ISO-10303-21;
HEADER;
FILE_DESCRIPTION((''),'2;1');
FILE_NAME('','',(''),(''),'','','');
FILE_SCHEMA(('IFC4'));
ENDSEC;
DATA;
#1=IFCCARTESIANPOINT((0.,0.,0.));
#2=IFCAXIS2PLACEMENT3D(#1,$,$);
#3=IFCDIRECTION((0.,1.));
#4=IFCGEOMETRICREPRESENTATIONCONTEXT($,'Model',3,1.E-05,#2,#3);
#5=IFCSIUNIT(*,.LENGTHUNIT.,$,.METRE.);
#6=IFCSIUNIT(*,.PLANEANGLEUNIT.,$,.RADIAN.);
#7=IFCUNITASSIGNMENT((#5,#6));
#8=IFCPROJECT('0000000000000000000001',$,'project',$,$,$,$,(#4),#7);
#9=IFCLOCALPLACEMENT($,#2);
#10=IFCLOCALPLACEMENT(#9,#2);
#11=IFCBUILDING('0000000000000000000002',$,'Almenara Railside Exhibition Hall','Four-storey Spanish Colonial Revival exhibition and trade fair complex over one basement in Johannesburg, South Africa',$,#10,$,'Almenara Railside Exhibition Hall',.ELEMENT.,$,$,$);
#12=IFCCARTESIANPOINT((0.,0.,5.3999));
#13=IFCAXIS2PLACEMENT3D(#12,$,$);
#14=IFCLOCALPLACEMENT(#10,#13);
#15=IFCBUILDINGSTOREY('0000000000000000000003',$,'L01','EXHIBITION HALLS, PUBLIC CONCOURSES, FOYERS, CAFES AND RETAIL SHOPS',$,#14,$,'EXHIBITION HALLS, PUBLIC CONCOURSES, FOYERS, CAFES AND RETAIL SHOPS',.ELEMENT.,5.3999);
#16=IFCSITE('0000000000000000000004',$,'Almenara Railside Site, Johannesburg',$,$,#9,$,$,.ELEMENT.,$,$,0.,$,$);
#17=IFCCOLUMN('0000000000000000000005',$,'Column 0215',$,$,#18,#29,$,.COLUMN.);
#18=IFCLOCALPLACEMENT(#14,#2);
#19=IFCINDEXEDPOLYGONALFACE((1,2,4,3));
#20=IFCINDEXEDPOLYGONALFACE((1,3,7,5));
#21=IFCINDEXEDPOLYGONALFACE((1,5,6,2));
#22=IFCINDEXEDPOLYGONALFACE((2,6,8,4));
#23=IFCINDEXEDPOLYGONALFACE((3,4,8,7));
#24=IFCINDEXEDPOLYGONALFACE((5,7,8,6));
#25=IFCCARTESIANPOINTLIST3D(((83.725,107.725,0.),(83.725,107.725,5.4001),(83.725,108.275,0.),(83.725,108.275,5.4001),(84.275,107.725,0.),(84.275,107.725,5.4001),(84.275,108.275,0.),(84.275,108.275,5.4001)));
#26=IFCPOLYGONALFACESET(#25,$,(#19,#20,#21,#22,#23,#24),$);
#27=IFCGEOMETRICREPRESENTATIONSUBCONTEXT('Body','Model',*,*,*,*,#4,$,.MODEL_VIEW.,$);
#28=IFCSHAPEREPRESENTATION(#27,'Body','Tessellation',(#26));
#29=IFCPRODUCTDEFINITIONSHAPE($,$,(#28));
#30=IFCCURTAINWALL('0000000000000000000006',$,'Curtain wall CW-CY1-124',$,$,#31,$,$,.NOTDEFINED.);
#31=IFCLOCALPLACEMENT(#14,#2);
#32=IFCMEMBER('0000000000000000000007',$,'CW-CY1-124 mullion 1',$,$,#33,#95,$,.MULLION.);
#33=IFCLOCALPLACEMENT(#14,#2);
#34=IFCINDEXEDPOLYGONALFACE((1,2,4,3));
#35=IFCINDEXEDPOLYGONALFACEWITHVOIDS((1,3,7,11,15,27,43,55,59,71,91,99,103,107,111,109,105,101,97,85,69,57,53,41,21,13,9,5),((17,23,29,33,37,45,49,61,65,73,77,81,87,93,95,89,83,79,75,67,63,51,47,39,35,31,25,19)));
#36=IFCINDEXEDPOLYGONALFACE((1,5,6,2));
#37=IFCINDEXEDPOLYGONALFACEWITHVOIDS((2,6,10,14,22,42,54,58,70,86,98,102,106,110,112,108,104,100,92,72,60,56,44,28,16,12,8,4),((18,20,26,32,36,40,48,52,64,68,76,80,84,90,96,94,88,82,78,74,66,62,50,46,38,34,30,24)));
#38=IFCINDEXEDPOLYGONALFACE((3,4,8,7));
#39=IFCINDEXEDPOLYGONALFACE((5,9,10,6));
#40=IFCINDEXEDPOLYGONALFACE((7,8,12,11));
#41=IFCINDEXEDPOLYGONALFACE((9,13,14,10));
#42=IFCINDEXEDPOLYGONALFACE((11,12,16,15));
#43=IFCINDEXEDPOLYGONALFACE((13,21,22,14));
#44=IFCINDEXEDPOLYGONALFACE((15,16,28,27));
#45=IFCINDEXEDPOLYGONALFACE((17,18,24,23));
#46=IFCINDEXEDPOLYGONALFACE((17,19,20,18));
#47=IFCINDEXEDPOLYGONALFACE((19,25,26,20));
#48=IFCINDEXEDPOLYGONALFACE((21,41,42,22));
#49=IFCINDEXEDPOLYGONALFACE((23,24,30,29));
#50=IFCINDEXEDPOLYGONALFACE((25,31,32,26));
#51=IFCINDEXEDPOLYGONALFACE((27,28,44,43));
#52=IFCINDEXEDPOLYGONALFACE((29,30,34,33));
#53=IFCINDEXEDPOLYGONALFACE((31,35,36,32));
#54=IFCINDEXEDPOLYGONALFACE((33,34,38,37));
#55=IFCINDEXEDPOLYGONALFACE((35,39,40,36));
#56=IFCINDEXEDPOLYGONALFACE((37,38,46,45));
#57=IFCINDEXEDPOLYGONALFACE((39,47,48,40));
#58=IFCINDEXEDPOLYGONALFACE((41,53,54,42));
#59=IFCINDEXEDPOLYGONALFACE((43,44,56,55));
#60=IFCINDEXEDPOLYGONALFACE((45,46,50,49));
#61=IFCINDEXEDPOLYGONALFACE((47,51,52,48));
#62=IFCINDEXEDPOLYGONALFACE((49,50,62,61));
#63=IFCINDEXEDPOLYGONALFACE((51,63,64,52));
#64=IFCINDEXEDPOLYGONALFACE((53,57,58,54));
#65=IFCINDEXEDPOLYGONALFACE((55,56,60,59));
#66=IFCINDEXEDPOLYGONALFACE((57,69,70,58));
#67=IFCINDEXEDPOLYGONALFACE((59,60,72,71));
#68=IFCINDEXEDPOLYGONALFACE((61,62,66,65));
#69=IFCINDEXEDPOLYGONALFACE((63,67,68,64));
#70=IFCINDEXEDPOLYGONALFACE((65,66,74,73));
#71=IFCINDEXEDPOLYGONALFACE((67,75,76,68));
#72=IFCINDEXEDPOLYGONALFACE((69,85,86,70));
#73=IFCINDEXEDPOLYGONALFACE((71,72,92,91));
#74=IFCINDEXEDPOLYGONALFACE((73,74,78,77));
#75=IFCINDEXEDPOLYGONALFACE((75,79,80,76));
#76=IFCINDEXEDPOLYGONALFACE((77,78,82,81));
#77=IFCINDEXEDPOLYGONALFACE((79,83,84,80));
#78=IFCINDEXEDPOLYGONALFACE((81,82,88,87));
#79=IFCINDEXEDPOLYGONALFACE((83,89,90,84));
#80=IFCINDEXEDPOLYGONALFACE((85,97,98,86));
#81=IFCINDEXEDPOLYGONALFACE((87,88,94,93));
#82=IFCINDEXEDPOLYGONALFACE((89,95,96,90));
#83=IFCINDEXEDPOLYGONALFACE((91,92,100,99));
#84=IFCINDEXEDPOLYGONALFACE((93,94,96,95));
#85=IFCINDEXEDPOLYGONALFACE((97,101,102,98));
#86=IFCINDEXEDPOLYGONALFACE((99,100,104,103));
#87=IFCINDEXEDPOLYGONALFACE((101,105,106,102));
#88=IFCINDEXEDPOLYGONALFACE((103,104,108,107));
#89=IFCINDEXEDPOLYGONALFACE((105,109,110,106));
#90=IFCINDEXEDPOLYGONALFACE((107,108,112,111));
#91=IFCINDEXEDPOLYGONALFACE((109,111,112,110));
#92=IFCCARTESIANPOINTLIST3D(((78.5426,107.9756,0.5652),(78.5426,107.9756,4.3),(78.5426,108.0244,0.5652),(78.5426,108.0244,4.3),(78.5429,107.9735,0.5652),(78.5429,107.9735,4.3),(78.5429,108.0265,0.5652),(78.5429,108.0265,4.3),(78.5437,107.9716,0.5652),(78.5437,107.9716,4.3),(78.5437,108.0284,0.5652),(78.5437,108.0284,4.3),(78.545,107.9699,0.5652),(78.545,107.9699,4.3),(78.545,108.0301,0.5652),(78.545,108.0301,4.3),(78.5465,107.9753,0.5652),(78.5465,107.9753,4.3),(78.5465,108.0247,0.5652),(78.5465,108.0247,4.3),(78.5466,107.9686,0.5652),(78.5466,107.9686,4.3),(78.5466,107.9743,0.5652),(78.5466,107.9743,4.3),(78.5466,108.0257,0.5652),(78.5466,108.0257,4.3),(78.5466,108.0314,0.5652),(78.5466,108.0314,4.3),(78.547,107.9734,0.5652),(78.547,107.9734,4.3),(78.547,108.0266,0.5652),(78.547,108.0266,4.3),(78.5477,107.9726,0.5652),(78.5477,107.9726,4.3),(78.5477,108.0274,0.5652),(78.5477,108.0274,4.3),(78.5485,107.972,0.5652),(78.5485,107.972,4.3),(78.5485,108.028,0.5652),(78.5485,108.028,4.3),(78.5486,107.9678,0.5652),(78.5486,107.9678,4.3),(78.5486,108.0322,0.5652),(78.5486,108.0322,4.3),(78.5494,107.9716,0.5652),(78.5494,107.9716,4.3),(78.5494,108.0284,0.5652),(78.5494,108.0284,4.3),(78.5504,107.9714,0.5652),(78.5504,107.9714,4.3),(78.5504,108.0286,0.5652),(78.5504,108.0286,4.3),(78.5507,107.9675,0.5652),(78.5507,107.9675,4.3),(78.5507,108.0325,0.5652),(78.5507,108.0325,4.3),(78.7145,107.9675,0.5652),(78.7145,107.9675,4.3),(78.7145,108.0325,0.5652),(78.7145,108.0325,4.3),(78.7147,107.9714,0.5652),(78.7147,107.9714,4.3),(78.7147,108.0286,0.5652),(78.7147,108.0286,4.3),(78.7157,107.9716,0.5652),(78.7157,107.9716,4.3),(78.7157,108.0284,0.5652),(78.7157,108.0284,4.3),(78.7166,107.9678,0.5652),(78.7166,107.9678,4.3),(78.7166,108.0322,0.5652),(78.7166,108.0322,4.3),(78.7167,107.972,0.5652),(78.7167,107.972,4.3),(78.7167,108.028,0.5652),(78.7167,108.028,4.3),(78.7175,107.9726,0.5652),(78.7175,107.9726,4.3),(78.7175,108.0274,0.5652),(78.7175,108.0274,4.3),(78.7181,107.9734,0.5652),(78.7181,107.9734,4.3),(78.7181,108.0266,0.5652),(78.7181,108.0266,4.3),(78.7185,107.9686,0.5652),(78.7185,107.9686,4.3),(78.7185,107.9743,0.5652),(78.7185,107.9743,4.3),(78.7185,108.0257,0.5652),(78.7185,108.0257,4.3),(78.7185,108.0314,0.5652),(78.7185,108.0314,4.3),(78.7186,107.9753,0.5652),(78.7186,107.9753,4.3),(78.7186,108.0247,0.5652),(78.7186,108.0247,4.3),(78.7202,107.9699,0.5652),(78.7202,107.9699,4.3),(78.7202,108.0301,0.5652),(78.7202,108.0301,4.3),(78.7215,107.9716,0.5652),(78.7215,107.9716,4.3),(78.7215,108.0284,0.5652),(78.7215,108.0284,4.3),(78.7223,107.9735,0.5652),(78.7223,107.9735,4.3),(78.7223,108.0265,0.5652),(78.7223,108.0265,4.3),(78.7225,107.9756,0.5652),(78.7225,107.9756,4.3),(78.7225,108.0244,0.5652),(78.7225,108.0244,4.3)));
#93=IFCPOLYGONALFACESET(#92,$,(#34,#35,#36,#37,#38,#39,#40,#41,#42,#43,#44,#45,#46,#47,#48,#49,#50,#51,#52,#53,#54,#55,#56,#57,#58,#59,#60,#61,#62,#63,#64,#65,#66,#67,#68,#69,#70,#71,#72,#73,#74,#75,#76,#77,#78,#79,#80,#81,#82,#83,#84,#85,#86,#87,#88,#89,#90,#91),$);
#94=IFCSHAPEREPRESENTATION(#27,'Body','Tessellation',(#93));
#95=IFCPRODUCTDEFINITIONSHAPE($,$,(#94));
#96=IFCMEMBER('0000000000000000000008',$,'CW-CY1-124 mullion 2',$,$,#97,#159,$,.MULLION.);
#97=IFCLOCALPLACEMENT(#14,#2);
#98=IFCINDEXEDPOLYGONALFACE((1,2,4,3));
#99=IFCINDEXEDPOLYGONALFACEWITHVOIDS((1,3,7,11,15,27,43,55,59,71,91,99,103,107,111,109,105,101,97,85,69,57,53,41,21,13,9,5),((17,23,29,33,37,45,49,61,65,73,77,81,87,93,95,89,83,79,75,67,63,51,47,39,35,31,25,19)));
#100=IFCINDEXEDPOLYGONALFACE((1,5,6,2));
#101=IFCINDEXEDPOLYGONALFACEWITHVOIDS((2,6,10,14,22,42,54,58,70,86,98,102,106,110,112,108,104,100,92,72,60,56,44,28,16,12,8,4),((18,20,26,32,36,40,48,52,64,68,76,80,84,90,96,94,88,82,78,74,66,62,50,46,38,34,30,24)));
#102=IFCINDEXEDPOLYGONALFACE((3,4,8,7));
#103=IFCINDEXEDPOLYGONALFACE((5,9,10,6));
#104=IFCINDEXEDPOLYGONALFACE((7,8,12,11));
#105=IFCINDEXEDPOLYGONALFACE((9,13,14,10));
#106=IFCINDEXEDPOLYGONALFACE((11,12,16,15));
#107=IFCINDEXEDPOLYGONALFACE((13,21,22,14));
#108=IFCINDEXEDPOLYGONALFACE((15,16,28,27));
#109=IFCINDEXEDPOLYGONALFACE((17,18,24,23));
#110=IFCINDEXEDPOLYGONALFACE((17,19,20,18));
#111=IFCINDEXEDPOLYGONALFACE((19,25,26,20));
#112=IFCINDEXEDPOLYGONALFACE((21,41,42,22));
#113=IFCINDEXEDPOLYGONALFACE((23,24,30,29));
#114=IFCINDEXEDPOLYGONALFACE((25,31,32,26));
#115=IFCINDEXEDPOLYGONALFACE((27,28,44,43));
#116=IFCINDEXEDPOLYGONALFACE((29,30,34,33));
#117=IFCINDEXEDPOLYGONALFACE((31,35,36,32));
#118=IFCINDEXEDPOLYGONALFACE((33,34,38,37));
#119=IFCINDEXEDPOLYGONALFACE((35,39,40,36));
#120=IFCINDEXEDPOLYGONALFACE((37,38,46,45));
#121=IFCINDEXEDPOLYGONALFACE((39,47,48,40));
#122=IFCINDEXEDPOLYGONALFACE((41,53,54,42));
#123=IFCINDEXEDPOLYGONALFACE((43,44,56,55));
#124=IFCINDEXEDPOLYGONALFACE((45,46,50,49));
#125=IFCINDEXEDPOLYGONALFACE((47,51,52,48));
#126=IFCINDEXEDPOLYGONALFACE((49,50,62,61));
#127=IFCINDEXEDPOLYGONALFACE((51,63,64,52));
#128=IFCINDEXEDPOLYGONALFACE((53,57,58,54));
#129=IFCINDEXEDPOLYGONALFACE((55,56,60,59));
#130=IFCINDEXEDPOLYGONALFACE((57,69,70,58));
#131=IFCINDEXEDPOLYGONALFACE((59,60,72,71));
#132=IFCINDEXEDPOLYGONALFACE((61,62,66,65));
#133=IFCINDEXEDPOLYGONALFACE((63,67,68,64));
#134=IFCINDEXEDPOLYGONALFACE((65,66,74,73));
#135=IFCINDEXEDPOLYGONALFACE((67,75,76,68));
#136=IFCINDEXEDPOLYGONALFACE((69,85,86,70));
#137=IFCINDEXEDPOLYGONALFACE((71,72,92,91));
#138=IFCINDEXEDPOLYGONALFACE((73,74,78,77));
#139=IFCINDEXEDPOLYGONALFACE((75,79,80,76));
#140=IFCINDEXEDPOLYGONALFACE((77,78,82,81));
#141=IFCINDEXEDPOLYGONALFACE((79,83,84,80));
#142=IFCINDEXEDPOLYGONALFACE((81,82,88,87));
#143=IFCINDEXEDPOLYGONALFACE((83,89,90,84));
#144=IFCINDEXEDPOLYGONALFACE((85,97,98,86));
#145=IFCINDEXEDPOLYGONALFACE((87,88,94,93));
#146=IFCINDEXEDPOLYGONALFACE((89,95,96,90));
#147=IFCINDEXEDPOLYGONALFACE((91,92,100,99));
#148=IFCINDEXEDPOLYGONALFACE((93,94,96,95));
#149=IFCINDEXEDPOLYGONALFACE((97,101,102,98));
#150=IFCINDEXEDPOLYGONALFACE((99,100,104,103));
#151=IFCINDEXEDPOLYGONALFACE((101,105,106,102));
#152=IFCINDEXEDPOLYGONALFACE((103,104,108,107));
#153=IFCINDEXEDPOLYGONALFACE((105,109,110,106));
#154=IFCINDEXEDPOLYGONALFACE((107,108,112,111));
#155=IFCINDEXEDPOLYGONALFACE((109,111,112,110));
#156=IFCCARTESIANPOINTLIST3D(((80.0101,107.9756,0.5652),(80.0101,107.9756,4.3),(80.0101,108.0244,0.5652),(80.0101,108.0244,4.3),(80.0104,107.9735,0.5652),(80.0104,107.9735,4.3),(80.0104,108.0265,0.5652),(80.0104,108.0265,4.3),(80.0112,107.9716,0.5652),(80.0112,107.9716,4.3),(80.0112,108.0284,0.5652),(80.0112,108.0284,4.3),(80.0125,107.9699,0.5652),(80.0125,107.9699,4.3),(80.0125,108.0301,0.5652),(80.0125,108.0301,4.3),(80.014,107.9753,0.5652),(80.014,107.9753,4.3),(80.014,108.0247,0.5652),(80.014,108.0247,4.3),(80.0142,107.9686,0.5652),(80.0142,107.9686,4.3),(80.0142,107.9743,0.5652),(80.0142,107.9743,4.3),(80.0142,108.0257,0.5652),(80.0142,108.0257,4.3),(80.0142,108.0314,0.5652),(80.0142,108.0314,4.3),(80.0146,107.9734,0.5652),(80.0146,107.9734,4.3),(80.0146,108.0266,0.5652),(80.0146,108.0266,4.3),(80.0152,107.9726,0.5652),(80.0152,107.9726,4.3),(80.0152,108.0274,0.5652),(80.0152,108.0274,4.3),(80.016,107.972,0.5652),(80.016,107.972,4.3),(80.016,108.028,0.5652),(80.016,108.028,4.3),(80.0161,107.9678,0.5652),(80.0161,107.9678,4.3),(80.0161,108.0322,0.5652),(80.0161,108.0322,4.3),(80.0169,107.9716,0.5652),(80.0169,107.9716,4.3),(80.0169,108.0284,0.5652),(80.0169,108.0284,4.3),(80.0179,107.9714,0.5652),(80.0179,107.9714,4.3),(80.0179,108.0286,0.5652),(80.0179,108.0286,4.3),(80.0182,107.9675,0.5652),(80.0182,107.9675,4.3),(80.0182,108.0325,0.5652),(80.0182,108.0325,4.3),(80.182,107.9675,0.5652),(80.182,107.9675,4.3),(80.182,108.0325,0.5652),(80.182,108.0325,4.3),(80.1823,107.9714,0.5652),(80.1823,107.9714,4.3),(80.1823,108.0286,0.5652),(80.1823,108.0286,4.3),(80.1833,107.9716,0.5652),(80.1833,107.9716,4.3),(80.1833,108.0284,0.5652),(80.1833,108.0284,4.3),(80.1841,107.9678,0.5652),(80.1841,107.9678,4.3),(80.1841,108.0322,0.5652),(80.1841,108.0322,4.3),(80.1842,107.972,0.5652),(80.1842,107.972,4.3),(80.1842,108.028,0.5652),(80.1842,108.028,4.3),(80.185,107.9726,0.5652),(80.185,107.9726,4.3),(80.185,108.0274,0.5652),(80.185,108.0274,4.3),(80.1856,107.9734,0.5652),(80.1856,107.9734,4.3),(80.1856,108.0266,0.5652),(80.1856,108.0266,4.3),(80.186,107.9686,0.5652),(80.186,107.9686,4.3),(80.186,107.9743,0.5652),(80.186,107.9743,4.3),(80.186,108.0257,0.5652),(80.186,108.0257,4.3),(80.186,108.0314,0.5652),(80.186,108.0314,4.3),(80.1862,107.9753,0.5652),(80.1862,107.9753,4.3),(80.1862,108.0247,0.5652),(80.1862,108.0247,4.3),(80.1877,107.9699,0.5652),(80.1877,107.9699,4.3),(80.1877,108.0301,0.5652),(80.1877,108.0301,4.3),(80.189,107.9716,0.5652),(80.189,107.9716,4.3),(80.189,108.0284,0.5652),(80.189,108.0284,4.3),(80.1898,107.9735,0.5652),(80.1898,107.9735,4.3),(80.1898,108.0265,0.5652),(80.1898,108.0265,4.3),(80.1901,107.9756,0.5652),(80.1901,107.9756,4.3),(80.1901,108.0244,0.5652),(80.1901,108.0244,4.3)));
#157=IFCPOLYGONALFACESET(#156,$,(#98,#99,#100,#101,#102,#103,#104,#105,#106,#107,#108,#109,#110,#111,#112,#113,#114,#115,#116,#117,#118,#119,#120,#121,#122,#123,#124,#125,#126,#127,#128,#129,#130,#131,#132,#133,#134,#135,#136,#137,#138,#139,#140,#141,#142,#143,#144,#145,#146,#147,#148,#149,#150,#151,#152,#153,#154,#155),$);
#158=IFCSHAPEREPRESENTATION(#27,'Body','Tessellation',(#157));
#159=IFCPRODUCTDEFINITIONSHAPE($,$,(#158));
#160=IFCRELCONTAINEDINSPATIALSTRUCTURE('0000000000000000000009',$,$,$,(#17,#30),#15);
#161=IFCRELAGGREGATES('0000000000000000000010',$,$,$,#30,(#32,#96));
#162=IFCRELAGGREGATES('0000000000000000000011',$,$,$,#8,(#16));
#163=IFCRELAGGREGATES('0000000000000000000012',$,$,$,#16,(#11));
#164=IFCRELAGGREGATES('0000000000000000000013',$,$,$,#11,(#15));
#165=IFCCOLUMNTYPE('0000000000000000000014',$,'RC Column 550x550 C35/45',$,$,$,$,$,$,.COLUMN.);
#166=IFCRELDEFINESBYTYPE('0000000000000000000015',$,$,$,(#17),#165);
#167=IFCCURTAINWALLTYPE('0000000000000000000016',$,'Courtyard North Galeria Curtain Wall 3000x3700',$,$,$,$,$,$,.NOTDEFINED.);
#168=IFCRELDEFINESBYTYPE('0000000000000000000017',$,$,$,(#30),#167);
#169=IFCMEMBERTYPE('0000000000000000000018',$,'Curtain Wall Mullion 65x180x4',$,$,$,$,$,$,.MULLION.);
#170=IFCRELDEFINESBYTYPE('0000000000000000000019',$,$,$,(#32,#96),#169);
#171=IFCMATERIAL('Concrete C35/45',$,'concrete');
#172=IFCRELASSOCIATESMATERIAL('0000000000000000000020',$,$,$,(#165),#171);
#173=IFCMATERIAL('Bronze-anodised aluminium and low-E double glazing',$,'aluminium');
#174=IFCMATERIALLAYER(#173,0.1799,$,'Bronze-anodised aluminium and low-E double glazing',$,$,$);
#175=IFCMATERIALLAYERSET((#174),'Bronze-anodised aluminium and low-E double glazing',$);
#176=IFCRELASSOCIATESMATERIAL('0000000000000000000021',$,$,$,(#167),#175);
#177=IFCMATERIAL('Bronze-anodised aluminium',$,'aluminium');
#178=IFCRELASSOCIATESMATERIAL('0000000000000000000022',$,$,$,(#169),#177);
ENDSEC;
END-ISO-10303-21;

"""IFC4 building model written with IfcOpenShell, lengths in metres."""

from ifc_helpers import new_model, si_unit, direction, frame, origin, origin_2d, place, context, subcontext, project, spatial, rectangle, hollow_rectangle, extrude, material, layer, layer_set, material_profile, profile_set, type_object, element, aggregate, save


model = new_model("IFC4")

# Units and contexts
model_context = context("Model", 3, precision=1e-05, world=origin(), true_north=direction((0.0, 1.0)))
body_context = subcontext(model_context, "Body", "Model", "MODEL_VIEW")
ifc_project = project(units=[si_unit("LENGTHUNIT", "METRE"), si_unit("PLANEANGLEUNIT", "RADIAN")], contexts=[model_context])

# Site, building, storey
site_placement = place(None, origin())
site = spatial("IfcSite", under=ifc_project, at=site_placement, Name="Almenara Railside Site, Johannesburg", CompositionType="ELEMENT", RefElevation=0.0)
building_placement = place(site_placement, origin())
building = spatial("IfcBuilding", under=site, at=building_placement, Name="Almenara Railside Exhibition Hall", Description="Four-storey Spanish Colonial Revival exhibition and trade fair complex over one basement in Johannesburg, South Africa", LongName="Almenara Railside Exhibition Hall", CompositionType="ELEMENT")
storey_placement = place(building_placement, frame((0.0, 0.0, 5.3999)))
storey = spatial("IfcBuildingStorey", under=building, at=storey_placement, Name="L01", Description="EXHIBITION HALLS, PUBLIC CONCOURSES, FOYERS, CAFES AND RETAIL SHOPS", LongName="EXHIBITION HALLS, PUBLIC CONCOURSES, FOYERS, CAFES AND RETAIL SHOPS", CompositionType="ELEMENT", Elevation=5.3999)

# Column
ifc_material_1 = material(Name="Concrete C35/45", Category="concrete")
ifc_material_profile_1 = material_profile(ifc_material_1, rectangle(XDim=0.55, YDim=0.55, at=origin_2d()), Name="RC 550x550")
ifc_profile_set_1 = profile_set([ifc_material_profile_1], Name="Concrete C35/45")
column_type = type_object("IfcColumnType", Name="RC Column 550x550 C35/45", PredefinedType="COLUMN", material=ifc_profile_set_1)
column_placement = place(storey_placement, frame((84.0, 108.0, 0.0), z_axis=(0.0, 0.0, 1.0), x_axis=(1.0, 0.0, 0.0)))
element("IfcColumn", 1, at=column_placement, inside=storey, type_object=column_type, Name="Column 0215", PredefinedType="COLUMN", context=body_context, shape_type="SweptSolid", body=[
    extrude(rectangle(XDim=0.55, YDim=0.55, at=origin_2d()), origin(), (0.0, 0.0, 1.0), 5.4001),
])

# Curtain wall, members
ifc_material_2 = material(Name="Bronze-anodised aluminium and low-E double glazing", Category="aluminium")
ifc_layer_1 = layer(ifc_material_2, 0.1799, Name="Bronze-anodised aluminium and low-E double glazing")
ifc_layer_set_1 = layer_set([ifc_layer_1], Name="Bronze-anodised aluminium and low-E double glazing")
curtain_wall_type = type_object("IfcCurtainWallType", Name="Courtyard North Galeria Curtain Wall 3000x3700", PredefinedType="NOTDEFINED", material=ifc_layer_set_1)
curtain_wall_1_placement = place(storey_placement, origin())
curtain_wall_1 = element("IfcCurtainWall", 2, at=curtain_wall_1_placement, inside=storey, type_object=curtain_wall_type, Name="Curtain wall CW-CY1-124", PredefinedType="NOTDEFINED")
ifc_material_3 = material(Name="Bronze-anodised aluminium", Category="aluminium")
ifc_material_profile_2 = material_profile(ifc_material_3, hollow_rectangle(XDim=0.0649, YDim=0.1799, WallThickness=0.0039, InnerFilletRadius=0.0039, OuterFilletRadius=0.0081, at=origin_2d()), Name="ALU-MUL 65x180x4")
ifc_profile_set_2 = profile_set([ifc_material_profile_2], Name="Bronze-anodised aluminium")
member_type_1 = type_object("IfcMemberType", Name="Curtain Wall Mullion 65x180x4", PredefinedType="MULLION", material=ifc_profile_set_2)
member_1_placement = place(storey_placement, frame((78.6326, 108.0, 0.5652), z_axis=(0.0, 0.0, 1.0), x_axis=(0.0, 1.0, 0.0)))
member_1 = element("IfcMember", 3, at=member_1_placement, type_object=member_type_1, Name="CW-CY1-124 mullion 1", PredefinedType="MULLION", context=body_context, shape_type="SweptSolid", body=[
    extrude(hollow_rectangle(XDim=0.0649, YDim=0.1799, WallThickness=0.0039, InnerFilletRadius=0.0039, OuterFilletRadius=0.0081, at=origin_2d()), origin(), (0.0, 0.0, 1.0), 3.7349),
])
member_2_placement = place(storey_placement, frame((80.1001, 108.0, 0.5652), z_axis=(0.0, 0.0, 1.0), x_axis=(0.0, 1.0, 0.0)))
member_2 = element("IfcMember", 4, at=member_2_placement, type_object=member_type_1, Name="CW-CY1-124 mullion 2", PredefinedType="MULLION", context=body_context, shape_type="SweptSolid", body=[
    extrude(hollow_rectangle(XDim=0.0649, YDim=0.1799, WallThickness=0.0039, InnerFilletRadius=0.0039, OuterFilletRadius=0.0081, at=origin_2d()), origin(), (0.0, 0.0, 1.0), 3.7349),
])

aggregate(curtain_wall_1, [member_1, member_2])

save(model, "model.ifc")
